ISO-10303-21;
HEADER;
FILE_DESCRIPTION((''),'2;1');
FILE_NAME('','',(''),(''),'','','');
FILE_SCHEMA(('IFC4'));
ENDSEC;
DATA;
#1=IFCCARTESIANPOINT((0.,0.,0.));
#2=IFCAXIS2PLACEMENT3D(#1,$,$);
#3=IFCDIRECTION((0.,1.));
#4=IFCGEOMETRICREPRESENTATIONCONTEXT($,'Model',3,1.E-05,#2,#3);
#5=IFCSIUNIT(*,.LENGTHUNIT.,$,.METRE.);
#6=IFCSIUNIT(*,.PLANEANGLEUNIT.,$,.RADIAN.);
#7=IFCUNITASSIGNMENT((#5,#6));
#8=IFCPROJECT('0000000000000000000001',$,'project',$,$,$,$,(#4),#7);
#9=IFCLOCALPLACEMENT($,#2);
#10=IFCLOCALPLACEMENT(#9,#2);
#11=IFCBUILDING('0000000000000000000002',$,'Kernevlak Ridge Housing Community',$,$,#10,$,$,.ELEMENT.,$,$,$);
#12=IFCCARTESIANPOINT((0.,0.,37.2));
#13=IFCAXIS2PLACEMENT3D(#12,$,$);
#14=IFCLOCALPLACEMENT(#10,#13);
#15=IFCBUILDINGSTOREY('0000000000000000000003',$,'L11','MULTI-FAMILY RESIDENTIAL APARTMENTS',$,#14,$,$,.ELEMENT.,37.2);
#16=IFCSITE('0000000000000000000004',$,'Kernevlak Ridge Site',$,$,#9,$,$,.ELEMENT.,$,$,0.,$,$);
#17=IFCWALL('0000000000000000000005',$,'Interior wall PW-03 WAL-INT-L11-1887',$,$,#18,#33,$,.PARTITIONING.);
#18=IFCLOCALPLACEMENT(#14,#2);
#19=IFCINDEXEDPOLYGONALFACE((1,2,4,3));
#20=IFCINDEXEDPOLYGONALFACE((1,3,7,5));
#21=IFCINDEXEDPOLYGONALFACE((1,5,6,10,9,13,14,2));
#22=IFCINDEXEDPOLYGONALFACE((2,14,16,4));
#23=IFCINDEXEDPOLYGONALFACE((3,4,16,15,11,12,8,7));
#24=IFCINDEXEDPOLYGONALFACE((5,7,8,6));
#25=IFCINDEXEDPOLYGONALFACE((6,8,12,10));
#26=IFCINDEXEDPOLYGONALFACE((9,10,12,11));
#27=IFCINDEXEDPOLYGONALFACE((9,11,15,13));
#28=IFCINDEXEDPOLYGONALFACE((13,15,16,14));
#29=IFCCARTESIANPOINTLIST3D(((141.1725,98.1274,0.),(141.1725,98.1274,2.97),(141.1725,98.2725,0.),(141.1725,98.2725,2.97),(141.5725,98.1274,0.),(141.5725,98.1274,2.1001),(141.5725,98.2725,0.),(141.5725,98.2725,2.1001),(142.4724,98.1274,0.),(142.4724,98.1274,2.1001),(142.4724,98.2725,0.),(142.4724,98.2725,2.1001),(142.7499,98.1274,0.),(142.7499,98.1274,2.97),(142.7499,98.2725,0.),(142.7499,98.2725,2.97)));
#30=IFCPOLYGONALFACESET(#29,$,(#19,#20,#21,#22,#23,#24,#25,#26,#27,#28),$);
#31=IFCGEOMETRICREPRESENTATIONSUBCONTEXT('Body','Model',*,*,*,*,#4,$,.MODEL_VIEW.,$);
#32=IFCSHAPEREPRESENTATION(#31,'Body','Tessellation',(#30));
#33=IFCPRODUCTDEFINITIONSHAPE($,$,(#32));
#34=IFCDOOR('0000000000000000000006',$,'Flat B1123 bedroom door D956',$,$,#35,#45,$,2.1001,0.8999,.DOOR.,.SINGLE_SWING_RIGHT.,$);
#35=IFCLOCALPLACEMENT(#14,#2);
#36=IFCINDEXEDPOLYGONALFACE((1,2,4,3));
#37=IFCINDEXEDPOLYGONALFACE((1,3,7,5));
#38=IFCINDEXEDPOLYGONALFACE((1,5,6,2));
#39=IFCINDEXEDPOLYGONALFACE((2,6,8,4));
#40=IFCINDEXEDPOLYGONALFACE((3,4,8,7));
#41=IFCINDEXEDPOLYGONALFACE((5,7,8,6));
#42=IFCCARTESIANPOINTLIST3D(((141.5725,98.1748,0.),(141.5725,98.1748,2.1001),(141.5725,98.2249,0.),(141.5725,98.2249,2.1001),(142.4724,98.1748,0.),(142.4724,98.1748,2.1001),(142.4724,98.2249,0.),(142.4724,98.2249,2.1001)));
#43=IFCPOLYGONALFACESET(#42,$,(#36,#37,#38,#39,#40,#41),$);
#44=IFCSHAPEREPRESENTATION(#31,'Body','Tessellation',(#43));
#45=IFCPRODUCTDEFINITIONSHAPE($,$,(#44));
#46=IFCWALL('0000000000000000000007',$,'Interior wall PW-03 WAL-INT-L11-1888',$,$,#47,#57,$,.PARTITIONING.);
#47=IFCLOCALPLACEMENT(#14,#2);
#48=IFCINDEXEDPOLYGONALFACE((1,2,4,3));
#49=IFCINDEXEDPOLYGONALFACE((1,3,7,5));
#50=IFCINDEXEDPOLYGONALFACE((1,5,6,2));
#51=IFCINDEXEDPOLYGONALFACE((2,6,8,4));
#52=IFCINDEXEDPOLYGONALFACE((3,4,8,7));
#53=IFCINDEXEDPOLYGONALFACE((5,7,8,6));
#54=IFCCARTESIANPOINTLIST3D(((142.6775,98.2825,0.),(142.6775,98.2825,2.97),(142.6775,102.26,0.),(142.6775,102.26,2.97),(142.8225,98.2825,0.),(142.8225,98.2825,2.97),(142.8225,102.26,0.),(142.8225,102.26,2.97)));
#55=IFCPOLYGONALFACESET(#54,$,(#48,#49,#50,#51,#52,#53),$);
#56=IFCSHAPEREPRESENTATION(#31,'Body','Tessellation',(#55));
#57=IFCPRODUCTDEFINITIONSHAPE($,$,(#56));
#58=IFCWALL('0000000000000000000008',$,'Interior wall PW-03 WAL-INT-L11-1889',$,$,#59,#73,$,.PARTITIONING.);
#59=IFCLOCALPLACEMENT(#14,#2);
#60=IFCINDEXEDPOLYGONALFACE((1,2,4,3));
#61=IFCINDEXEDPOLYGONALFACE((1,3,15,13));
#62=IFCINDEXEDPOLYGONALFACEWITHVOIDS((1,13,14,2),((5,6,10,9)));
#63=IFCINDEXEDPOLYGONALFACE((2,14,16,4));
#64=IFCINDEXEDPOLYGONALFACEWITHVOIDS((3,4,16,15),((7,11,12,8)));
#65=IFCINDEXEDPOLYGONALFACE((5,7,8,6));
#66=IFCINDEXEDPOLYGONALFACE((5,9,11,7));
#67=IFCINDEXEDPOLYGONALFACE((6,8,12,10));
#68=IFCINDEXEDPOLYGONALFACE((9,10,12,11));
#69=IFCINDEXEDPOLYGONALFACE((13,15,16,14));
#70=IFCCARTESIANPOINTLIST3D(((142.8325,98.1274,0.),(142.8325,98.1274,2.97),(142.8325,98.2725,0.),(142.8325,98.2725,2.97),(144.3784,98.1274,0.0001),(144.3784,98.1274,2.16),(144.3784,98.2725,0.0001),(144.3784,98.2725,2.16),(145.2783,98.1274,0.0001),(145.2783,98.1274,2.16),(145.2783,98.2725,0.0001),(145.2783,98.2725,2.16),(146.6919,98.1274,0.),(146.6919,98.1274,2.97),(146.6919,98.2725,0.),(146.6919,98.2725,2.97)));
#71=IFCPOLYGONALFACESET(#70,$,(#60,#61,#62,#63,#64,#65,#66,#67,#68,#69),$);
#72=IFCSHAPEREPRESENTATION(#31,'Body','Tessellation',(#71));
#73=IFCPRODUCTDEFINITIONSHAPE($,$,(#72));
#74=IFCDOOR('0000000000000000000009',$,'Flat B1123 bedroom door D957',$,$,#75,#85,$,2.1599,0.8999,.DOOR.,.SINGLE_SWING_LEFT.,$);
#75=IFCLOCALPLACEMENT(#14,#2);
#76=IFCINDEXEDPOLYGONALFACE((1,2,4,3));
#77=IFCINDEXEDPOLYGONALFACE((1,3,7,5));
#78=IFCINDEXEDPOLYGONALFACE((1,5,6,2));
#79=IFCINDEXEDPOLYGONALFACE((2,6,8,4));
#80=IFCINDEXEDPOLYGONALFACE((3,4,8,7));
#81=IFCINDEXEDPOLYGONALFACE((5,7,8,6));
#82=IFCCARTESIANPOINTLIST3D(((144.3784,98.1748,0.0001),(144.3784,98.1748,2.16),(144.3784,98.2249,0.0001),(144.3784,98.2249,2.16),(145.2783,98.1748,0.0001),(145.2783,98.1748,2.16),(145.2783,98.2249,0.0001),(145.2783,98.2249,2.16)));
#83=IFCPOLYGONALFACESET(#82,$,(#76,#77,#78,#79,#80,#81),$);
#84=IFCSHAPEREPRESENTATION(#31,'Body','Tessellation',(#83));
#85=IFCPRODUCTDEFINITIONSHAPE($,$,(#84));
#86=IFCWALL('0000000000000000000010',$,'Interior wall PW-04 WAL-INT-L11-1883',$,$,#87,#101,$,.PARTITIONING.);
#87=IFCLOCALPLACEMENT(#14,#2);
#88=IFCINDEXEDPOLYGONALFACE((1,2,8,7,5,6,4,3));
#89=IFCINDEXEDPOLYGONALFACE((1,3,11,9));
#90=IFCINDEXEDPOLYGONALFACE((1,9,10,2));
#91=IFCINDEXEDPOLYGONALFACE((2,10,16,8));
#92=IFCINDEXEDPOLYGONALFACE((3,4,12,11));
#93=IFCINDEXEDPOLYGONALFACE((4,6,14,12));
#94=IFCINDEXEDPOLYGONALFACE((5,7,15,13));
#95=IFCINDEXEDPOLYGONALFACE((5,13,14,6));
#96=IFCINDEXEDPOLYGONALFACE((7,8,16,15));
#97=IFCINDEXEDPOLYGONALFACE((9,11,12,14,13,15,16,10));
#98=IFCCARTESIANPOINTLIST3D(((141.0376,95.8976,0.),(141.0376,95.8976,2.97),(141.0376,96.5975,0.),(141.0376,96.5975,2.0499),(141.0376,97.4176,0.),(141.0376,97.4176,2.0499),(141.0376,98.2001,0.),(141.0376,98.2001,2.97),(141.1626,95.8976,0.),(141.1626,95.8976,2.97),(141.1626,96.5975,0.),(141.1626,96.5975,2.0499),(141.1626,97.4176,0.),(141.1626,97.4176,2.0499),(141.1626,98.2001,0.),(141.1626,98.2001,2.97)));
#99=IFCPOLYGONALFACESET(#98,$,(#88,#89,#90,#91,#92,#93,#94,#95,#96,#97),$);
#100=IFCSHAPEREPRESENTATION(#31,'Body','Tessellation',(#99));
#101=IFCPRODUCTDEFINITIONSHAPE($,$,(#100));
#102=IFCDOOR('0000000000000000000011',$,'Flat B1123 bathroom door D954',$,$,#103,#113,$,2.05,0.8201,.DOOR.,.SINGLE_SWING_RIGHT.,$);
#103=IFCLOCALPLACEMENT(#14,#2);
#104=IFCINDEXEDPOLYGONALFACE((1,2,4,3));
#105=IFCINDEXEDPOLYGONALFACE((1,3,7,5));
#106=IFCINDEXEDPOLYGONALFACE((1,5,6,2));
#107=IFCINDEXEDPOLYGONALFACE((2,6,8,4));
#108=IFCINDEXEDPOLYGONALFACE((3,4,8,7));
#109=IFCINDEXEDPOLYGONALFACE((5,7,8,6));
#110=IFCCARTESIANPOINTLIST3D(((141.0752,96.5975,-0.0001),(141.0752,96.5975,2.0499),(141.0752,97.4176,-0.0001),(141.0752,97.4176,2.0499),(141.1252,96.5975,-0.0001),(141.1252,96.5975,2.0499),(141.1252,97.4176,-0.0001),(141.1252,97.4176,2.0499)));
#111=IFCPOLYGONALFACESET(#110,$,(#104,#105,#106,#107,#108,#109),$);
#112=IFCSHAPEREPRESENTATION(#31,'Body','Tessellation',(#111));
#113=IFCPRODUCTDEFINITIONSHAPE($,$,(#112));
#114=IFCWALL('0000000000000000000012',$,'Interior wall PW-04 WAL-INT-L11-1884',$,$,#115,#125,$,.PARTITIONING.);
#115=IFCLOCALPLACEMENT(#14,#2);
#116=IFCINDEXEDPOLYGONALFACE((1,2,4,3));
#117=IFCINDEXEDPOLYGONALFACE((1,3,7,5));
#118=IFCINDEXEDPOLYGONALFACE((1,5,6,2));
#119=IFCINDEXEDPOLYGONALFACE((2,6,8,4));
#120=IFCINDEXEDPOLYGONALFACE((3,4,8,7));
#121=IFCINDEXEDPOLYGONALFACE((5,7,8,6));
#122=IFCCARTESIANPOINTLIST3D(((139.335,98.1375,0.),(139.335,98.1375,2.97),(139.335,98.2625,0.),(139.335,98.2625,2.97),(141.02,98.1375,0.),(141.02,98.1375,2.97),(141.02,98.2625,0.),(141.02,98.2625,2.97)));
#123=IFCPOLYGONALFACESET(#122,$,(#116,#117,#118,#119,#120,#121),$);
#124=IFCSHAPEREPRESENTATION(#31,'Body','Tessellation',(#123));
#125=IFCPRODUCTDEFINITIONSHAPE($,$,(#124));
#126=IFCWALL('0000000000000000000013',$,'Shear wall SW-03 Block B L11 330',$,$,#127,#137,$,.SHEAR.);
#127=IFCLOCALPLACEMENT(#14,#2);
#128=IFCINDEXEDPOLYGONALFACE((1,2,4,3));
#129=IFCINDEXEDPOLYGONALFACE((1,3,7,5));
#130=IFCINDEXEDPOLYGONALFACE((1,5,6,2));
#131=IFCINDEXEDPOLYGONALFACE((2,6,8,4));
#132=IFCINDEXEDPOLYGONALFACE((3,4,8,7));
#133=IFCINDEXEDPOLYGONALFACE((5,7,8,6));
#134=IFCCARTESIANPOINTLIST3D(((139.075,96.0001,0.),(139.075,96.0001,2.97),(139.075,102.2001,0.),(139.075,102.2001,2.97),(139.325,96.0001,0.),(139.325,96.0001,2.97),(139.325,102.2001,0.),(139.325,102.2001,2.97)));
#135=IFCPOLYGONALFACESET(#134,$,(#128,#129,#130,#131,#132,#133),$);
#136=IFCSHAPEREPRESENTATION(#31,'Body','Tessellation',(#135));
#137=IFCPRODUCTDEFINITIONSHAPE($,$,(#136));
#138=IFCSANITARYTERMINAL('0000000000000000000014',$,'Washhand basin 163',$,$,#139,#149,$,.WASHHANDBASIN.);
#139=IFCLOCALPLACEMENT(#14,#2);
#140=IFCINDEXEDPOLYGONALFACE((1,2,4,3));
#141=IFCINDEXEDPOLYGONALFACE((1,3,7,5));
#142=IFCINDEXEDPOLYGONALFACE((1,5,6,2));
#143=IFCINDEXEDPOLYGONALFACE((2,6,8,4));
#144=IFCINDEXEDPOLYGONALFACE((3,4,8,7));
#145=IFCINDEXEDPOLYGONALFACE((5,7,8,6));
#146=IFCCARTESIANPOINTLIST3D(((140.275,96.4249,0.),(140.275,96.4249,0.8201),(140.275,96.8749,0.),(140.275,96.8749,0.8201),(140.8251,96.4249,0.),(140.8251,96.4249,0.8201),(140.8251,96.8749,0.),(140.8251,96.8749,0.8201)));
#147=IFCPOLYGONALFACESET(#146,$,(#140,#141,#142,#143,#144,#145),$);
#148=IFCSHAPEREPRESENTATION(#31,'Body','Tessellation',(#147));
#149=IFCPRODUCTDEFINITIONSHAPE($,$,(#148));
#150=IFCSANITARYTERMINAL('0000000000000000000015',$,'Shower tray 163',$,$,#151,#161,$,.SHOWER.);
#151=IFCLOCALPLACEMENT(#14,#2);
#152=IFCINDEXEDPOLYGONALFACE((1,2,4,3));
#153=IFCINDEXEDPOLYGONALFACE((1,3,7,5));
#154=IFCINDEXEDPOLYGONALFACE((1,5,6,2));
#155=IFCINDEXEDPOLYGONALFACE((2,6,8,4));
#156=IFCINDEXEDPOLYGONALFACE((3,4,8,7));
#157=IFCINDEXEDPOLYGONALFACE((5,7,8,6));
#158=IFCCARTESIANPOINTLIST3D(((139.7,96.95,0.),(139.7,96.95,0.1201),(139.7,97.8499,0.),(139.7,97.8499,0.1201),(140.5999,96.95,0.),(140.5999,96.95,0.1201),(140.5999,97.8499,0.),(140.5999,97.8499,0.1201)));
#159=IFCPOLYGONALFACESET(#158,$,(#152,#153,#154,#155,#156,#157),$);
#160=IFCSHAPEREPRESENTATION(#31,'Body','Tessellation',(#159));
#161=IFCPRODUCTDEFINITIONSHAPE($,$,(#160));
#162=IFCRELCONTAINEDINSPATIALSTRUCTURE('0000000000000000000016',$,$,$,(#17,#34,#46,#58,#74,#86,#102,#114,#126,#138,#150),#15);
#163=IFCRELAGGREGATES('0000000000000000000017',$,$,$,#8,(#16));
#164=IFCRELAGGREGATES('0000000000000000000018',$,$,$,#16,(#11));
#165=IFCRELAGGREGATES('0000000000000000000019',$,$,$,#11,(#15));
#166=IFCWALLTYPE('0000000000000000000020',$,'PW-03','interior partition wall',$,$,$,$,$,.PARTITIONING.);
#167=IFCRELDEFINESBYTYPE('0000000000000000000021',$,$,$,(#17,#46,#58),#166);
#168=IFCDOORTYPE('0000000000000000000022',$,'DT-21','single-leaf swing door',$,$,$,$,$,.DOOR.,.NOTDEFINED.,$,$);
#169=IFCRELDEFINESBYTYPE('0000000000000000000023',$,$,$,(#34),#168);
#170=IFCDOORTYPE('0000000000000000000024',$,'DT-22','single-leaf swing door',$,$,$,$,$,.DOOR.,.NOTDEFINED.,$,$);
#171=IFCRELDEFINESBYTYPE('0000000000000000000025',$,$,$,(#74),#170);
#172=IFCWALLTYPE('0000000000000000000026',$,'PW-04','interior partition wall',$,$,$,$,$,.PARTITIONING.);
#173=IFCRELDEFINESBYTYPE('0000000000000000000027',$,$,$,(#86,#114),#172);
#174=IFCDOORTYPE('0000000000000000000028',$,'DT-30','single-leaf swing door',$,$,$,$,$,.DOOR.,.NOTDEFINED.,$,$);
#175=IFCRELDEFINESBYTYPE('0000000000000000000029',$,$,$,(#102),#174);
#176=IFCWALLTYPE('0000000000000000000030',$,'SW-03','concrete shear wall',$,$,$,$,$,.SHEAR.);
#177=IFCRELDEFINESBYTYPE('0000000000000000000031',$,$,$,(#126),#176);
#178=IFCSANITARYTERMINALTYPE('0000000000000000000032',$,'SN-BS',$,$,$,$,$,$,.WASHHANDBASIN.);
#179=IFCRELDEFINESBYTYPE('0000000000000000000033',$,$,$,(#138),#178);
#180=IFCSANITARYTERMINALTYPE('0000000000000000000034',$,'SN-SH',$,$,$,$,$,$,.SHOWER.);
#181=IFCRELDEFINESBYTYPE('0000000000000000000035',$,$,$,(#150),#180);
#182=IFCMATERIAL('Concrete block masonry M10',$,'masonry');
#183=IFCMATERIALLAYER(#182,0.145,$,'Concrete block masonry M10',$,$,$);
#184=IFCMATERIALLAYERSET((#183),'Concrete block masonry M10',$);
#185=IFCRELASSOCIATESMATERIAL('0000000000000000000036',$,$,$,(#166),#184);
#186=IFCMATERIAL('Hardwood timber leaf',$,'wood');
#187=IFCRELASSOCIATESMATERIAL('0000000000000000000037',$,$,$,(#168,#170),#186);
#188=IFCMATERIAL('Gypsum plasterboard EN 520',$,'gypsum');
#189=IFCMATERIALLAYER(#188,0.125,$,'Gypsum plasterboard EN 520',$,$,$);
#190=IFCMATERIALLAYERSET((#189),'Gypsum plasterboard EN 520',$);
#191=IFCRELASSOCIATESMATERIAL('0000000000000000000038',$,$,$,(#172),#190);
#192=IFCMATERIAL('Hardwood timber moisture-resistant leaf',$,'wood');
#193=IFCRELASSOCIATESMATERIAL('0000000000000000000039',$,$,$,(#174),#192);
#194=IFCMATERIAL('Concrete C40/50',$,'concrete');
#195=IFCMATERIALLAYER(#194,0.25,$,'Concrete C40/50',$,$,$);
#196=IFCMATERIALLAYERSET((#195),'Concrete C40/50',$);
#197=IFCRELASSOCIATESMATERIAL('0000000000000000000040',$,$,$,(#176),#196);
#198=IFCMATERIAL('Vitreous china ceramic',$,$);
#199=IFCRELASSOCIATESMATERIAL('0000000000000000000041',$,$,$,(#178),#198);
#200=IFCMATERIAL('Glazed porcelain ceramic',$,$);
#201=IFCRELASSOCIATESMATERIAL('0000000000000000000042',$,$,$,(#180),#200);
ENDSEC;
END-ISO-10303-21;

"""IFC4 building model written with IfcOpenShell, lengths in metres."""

from ifc_helpers import new_model, si_unit, direction, frame, frame_2d, origin, origin_2d, place, context, subcontext, project, spatial, rectangle, extrude, material, layer, layer_set, type_object, element, fill, save


model = new_model("IFC4")

# Units and contexts
model_context = context("Model", 3, precision=1e-05, world=origin(), true_north=direction((0.0, 1.0)))
body_context = subcontext(model_context, "Body", "Model", "MODEL_VIEW")
ifc_project = project(units=[si_unit("LENGTHUNIT", "METRE"), si_unit("PLANEANGLEUNIT", "RADIAN")], contexts=[model_context])

# Site, building, storey
site_placement = place(None, origin())
site = spatial("IfcSite", under=ifc_project, at=site_placement, Name="Kernevlak Ridge Site", CompositionType="ELEMENT", RefElevation=0.0)
building_placement = place(site_placement, origin())
building = spatial("IfcBuilding", under=site, at=building_placement, Name="Kernevlak Ridge Housing Community", CompositionType="ELEMENT")
storey_placement = place(building_placement, frame((0.0, 0.0, 37.2)))
storey = spatial("IfcBuildingStorey", under=building, at=storey_placement, Name="L11", Description="MULTI-FAMILY RESIDENTIAL APARTMENTS", CompositionType="ELEMENT", Elevation=37.2)

# Shared definitions
ifc_material_1 = material(Name="Concrete block masonry M10", Category="masonry")

# Shared definitions
ifc_layer_1 = layer(ifc_material_1, 0.145, Name="Concrete block masonry M10")
ifc_layer_set_1 = layer_set([ifc_layer_1], Name="Concrete block masonry M10")
wall_type_1 = type_object("IfcWallType", Name="PW-03", Description="interior partition wall", PredefinedType="PARTITIONING", material=ifc_layer_set_1)

# Wall, opening, door
wall_1_placement = place(storey_placement, frame((141.1726, 98.2, 0.0), z_axis=(0.0, 0.0, 1.0), x_axis=(1.0, 0.0, 0.0)))
wall_1 = element("IfcWall", 1, at=wall_1_placement, inside=storey, type_object=wall_type_1, Name="Interior wall PW-03 WAL-INT-L11-1887", PredefinedType="PARTITIONING", context=body_context, shape_type="SweptSolid", body=[
    extrude(rectangle(XDim=1.5774, YDim=0.145, at=frame_2d((0.7886, 0.0))), origin(), (0.0, 0.0, 1.0), 2.97),
])
opening_1_placement = place(wall_1_placement, frame((0.3999, 0.0, 0.0)))
opening_1 = element("IfcOpeningElement", 2, at=opening_1_placement, cuts=wall_1, PredefinedType="OPENING", context=body_context, shape_type="SweptSolid", body=[
    extrude(rectangle(XDim=0.8999, YDim=2.1001, at=frame_2d((0.45, 1.05))), frame((0.0, 0.0825, 0.0), z_axis=(0.0, -1.0, 0.0), x_axis=(1.0, 0.0, 0.0)), (0.0, 0.0, 1.0), 0.165),
])
ifc_material_2 = material(Name="Hardwood timber leaf", Category="wood")
door_type_1 = type_object("IfcDoorType", Name="DT-21", Description="single-leaf swing door", OperationType="NOTDEFINED", PredefinedType="DOOR", material=ifc_material_2)
door_1_placement = place(opening_1_placement, origin())
door_1 = element("IfcDoor", 3, at=door_1_placement, inside=storey, type_object=door_type_1, Name="Flat B1123 bedroom door D956", OperationType="SINGLE_SWING_RIGHT", OverallHeight=2.1001, OverallWidth=0.8999, PredefinedType="DOOR", context=body_context, shape_type="SweptSolid", body=[
    extrude(rectangle(XDim=0.8999, YDim=2.1001, at=frame_2d((0.45, 1.05))), frame((0.0, 0.0249, 0.0), z_axis=(0.0, -1.0, 0.0), x_axis=(1.0, 0.0, 0.0)), (0.0, 0.0, 1.0), 0.05),
])
fill(opening_1, door_1)

# Wall
wall_2_placement = place(storey_placement, frame((142.75, 98.2825, 0.0), z_axis=(0.0, 0.0, 1.0), x_axis=(0.0, 1.0, 0.0)))
element("IfcWall", 4, at=wall_2_placement, inside=storey, type_object=wall_type_1, Name="Interior wall PW-03 WAL-INT-L11-1888", PredefinedType="PARTITIONING", context=body_context, shape_type="SweptSolid", body=[
    extrude(rectangle(XDim=3.9775, YDim=0.145, at=frame_2d((1.9888, 0.0))), origin(), (0.0, 0.0, 1.0), 2.97),
])

# Walls, openings, doors
wall_3_placement = place(storey_placement, frame((142.8325, 98.2, 0.0), z_axis=(0.0, 0.0, 1.0), x_axis=(1.0, 0.0, 0.0)))
wall_3 = element("IfcWall", 5, at=wall_3_placement, inside=storey, type_object=wall_type_1, Name="Interior wall PW-03 WAL-INT-L11-1889", PredefinedType="PARTITIONING", context=body_context, shape_type="SweptSolid", body=[
    extrude(rectangle(XDim=3.8594, YDim=0.145, at=frame_2d((1.9297, 0.0))), origin(), (0.0, 0.0, 1.0), 2.97),
])
opening_2_placement = place(wall_3_placement, frame((1.5459, 0.0, 0.0)))
opening_2 = element("IfcOpeningElement", 6, at=opening_2_placement, cuts=wall_3, PredefinedType="OPENING", context=body_context, shape_type="SweptSolid", body=[
    extrude(rectangle(XDim=0.8999, YDim=2.1599, at=frame_2d((0.45, 1.0801))), frame((0.0, 0.0825, 0.0), z_axis=(0.0, -1.0, 0.0), x_axis=(1.0, 0.0, 0.0)), (0.0, 0.0, 1.0), 0.165),
])
door_type_2 = type_object("IfcDoorType", Name="DT-22", Description="single-leaf swing door", OperationType="NOTDEFINED", PredefinedType="DOOR", material=ifc_material_2)
door_2_placement = place(opening_2_placement, origin())
door_2 = element("IfcDoor", 7, at=door_2_placement, inside=storey, type_object=door_type_2, Name="Flat B1123 bedroom door D957", OperationType="SINGLE_SWING_LEFT", OverallHeight=2.1599, OverallWidth=0.8999, PredefinedType="DOOR", context=body_context, shape_type="SweptSolid", body=[
    extrude(rectangle(XDim=0.8999, YDim=2.1599, at=frame_2d((0.45, 1.0801))), frame((0.0, 0.0249, 0.0), z_axis=(0.0, -1.0, 0.0), x_axis=(1.0, 0.0, 0.0)), (0.0, 0.0, 1.0), 0.05),
])
fill(opening_2, door_2)
ifc_material_3 = material(Name="Gypsum plasterboard EN 520", Category="gypsum")
ifc_layer_2 = layer(ifc_material_3, 0.125, Name="Gypsum plasterboard EN 520")
ifc_layer_set_2 = layer_set([ifc_layer_2], Name="Gypsum plasterboard EN 520")
wall_type_2 = type_object("IfcWallType", Name="PW-04", Description="interior partition wall", PredefinedType="PARTITIONING", material=ifc_layer_set_2)
wall_4_placement = place(storey_placement, frame((141.1001, 95.8975, 0.0), z_axis=(0.0, 0.0, 1.0), x_axis=(0.0, 1.0, 0.0)))
wall_4 = element("IfcWall", 8, at=wall_4_placement, inside=storey, type_object=wall_type_2, Name="Interior wall PW-04 WAL-INT-L11-1883", PredefinedType="PARTITIONING", context=body_context, shape_type="SweptSolid", body=[
    extrude(rectangle(XDim=2.3025, YDim=0.125, at=frame_2d((1.1514, 0.0))), origin(), (0.0, 0.0, 1.0), 2.97),
])
opening_3_placement = place(wall_4_placement, frame((0.7, 0.0, 0.0)))
opening_3 = element("IfcOpeningElement", 9, at=opening_3_placement, cuts=wall_4, PredefinedType="OPENING", context=body_context, shape_type="SweptSolid", body=[
    extrude(rectangle(XDim=0.8201, YDim=2.05, at=frame_2d((0.4102, 1.0249))), frame((0.0, 0.0725, 0.0), z_axis=(0.0, -1.0, 0.0), x_axis=(1.0, 0.0, 0.0)), (0.0, 0.0, 1.0), 0.145),
])
ifc_material_4 = material(Name="Hardwood timber moisture-resistant leaf", Category="wood")
door_type_3 = type_object("IfcDoorType", Name="DT-30", Description="single-leaf swing door", OperationType="NOTDEFINED", PredefinedType="DOOR", material=ifc_material_4)
door_3_placement = place(opening_3_placement, origin())
door_3 = element("IfcDoor", 10, at=door_3_placement, inside=storey, type_object=door_type_3, Name="Flat B1123 bathroom door D954", OperationType="SINGLE_SWING_RIGHT", OverallHeight=2.05, OverallWidth=0.8201, PredefinedType="DOOR", context=body_context, shape_type="SweptSolid", body=[
    extrude(rectangle(XDim=0.8201, YDim=2.05, at=frame_2d((0.4102, 1.0249))), frame((0.0, 0.0249, 0.0), z_axis=(0.0, -1.0, 0.0), x_axis=(1.0, 0.0, 0.0)), (0.0, 0.0, 1.0), 0.05),
])
fill(opening_3, door_3)

# Walls
wall_5_placement = place(storey_placement, frame((139.335, 98.2, 0.0), z_axis=(0.0, 0.0, 1.0), x_axis=(1.0, 0.0, 0.0)))
element("IfcWall", 11, at=wall_5_placement, inside=storey, type_object=wall_type_2, Name="Interior wall PW-04 WAL-INT-L11-1884", PredefinedType="PARTITIONING", context=body_context, shape_type="SweptSolid", body=[
    extrude(rectangle(XDim=1.6851, YDim=0.125, at=frame_2d((0.8425, 0.0))), origin(), (0.0, 0.0, 1.0), 2.97),
])
ifc_material_5 = material(Name="Concrete C40/50", Category="concrete")
ifc_layer_3 = layer(ifc_material_5, 0.25, Name="Concrete C40/50")
ifc_layer_set_3 = layer_set([ifc_layer_3], Name="Concrete C40/50")
wall_type_3 = type_object("IfcWallType", Name="SW-03", Description="concrete shear wall", PredefinedType="SHEAR", material=ifc_layer_set_3)
wall_6_placement = place(storey_placement, frame((139.2, 96.0, 0.0), z_axis=(0.0, 0.0, 1.0), x_axis=(0.0, 1.0, 0.0)))
element("IfcWall", 12, at=wall_6_placement, inside=storey, type_object=wall_type_3, Name="Shear wall SW-03 Block B L11 330", PredefinedType="SHEAR", context=body_context, shape_type="SweptSolid", body=[
    extrude(rectangle(XDim=6.2, YDim=0.25, at=frame_2d((3.1001, 0.0))), origin(), (0.0, 0.0, 1.0), 2.97),
])

# Sanitary terminals
ifc_material_6 = material(Name="Vitreous china ceramic")
sanitary_terminal_type_1 = type_object("IfcSanitaryTerminalType", Name="SN-BS", PredefinedType="WASHHANDBASIN", material=ifc_material_6)
sanitary_terminal_1_placement = place(storey_placement, frame((140.55, 96.6499, 0.0), z_axis=(0.0, 0.0, 1.0), x_axis=(1.0, 0.0, 0.0)))
element("IfcSanitaryTerminal", 13, at=sanitary_terminal_1_placement, inside=storey, type_object=sanitary_terminal_type_1, Name="Washhand basin 163", PredefinedType="WASHHANDBASIN", context=body_context, shape_type="SweptSolid", body=[
    extrude(rectangle(XDim=0.55, YDim=0.45, at=origin_2d()), origin(), (0.0, 0.0, 1.0), 0.8201),
])
ifc_material_7 = material(Name="Glazed porcelain ceramic")
sanitary_terminal_type_2 = type_object("IfcSanitaryTerminalType", Name="SN-SH", PredefinedType="SHOWER", material=ifc_material_7)
sanitary_terminal_2_placement = place(storey_placement, frame((140.1499, 97.3999, 0.0), z_axis=(0.0, 0.0, 1.0), x_axis=(1.0, 0.0, 0.0)))
element("IfcSanitaryTerminal", 14, at=sanitary_terminal_2_placement, inside=storey, type_object=sanitary_terminal_type_2, Name="Shower tray 163", PredefinedType="SHOWER", context=body_context, shape_type="SweptSolid", body=[
    extrude(rectangle(XDim=0.8999, YDim=0.8999, at=origin_2d()), origin(), (0.0, 0.0, 1.0), 0.1201),
])

save(model, "model.ifc")
